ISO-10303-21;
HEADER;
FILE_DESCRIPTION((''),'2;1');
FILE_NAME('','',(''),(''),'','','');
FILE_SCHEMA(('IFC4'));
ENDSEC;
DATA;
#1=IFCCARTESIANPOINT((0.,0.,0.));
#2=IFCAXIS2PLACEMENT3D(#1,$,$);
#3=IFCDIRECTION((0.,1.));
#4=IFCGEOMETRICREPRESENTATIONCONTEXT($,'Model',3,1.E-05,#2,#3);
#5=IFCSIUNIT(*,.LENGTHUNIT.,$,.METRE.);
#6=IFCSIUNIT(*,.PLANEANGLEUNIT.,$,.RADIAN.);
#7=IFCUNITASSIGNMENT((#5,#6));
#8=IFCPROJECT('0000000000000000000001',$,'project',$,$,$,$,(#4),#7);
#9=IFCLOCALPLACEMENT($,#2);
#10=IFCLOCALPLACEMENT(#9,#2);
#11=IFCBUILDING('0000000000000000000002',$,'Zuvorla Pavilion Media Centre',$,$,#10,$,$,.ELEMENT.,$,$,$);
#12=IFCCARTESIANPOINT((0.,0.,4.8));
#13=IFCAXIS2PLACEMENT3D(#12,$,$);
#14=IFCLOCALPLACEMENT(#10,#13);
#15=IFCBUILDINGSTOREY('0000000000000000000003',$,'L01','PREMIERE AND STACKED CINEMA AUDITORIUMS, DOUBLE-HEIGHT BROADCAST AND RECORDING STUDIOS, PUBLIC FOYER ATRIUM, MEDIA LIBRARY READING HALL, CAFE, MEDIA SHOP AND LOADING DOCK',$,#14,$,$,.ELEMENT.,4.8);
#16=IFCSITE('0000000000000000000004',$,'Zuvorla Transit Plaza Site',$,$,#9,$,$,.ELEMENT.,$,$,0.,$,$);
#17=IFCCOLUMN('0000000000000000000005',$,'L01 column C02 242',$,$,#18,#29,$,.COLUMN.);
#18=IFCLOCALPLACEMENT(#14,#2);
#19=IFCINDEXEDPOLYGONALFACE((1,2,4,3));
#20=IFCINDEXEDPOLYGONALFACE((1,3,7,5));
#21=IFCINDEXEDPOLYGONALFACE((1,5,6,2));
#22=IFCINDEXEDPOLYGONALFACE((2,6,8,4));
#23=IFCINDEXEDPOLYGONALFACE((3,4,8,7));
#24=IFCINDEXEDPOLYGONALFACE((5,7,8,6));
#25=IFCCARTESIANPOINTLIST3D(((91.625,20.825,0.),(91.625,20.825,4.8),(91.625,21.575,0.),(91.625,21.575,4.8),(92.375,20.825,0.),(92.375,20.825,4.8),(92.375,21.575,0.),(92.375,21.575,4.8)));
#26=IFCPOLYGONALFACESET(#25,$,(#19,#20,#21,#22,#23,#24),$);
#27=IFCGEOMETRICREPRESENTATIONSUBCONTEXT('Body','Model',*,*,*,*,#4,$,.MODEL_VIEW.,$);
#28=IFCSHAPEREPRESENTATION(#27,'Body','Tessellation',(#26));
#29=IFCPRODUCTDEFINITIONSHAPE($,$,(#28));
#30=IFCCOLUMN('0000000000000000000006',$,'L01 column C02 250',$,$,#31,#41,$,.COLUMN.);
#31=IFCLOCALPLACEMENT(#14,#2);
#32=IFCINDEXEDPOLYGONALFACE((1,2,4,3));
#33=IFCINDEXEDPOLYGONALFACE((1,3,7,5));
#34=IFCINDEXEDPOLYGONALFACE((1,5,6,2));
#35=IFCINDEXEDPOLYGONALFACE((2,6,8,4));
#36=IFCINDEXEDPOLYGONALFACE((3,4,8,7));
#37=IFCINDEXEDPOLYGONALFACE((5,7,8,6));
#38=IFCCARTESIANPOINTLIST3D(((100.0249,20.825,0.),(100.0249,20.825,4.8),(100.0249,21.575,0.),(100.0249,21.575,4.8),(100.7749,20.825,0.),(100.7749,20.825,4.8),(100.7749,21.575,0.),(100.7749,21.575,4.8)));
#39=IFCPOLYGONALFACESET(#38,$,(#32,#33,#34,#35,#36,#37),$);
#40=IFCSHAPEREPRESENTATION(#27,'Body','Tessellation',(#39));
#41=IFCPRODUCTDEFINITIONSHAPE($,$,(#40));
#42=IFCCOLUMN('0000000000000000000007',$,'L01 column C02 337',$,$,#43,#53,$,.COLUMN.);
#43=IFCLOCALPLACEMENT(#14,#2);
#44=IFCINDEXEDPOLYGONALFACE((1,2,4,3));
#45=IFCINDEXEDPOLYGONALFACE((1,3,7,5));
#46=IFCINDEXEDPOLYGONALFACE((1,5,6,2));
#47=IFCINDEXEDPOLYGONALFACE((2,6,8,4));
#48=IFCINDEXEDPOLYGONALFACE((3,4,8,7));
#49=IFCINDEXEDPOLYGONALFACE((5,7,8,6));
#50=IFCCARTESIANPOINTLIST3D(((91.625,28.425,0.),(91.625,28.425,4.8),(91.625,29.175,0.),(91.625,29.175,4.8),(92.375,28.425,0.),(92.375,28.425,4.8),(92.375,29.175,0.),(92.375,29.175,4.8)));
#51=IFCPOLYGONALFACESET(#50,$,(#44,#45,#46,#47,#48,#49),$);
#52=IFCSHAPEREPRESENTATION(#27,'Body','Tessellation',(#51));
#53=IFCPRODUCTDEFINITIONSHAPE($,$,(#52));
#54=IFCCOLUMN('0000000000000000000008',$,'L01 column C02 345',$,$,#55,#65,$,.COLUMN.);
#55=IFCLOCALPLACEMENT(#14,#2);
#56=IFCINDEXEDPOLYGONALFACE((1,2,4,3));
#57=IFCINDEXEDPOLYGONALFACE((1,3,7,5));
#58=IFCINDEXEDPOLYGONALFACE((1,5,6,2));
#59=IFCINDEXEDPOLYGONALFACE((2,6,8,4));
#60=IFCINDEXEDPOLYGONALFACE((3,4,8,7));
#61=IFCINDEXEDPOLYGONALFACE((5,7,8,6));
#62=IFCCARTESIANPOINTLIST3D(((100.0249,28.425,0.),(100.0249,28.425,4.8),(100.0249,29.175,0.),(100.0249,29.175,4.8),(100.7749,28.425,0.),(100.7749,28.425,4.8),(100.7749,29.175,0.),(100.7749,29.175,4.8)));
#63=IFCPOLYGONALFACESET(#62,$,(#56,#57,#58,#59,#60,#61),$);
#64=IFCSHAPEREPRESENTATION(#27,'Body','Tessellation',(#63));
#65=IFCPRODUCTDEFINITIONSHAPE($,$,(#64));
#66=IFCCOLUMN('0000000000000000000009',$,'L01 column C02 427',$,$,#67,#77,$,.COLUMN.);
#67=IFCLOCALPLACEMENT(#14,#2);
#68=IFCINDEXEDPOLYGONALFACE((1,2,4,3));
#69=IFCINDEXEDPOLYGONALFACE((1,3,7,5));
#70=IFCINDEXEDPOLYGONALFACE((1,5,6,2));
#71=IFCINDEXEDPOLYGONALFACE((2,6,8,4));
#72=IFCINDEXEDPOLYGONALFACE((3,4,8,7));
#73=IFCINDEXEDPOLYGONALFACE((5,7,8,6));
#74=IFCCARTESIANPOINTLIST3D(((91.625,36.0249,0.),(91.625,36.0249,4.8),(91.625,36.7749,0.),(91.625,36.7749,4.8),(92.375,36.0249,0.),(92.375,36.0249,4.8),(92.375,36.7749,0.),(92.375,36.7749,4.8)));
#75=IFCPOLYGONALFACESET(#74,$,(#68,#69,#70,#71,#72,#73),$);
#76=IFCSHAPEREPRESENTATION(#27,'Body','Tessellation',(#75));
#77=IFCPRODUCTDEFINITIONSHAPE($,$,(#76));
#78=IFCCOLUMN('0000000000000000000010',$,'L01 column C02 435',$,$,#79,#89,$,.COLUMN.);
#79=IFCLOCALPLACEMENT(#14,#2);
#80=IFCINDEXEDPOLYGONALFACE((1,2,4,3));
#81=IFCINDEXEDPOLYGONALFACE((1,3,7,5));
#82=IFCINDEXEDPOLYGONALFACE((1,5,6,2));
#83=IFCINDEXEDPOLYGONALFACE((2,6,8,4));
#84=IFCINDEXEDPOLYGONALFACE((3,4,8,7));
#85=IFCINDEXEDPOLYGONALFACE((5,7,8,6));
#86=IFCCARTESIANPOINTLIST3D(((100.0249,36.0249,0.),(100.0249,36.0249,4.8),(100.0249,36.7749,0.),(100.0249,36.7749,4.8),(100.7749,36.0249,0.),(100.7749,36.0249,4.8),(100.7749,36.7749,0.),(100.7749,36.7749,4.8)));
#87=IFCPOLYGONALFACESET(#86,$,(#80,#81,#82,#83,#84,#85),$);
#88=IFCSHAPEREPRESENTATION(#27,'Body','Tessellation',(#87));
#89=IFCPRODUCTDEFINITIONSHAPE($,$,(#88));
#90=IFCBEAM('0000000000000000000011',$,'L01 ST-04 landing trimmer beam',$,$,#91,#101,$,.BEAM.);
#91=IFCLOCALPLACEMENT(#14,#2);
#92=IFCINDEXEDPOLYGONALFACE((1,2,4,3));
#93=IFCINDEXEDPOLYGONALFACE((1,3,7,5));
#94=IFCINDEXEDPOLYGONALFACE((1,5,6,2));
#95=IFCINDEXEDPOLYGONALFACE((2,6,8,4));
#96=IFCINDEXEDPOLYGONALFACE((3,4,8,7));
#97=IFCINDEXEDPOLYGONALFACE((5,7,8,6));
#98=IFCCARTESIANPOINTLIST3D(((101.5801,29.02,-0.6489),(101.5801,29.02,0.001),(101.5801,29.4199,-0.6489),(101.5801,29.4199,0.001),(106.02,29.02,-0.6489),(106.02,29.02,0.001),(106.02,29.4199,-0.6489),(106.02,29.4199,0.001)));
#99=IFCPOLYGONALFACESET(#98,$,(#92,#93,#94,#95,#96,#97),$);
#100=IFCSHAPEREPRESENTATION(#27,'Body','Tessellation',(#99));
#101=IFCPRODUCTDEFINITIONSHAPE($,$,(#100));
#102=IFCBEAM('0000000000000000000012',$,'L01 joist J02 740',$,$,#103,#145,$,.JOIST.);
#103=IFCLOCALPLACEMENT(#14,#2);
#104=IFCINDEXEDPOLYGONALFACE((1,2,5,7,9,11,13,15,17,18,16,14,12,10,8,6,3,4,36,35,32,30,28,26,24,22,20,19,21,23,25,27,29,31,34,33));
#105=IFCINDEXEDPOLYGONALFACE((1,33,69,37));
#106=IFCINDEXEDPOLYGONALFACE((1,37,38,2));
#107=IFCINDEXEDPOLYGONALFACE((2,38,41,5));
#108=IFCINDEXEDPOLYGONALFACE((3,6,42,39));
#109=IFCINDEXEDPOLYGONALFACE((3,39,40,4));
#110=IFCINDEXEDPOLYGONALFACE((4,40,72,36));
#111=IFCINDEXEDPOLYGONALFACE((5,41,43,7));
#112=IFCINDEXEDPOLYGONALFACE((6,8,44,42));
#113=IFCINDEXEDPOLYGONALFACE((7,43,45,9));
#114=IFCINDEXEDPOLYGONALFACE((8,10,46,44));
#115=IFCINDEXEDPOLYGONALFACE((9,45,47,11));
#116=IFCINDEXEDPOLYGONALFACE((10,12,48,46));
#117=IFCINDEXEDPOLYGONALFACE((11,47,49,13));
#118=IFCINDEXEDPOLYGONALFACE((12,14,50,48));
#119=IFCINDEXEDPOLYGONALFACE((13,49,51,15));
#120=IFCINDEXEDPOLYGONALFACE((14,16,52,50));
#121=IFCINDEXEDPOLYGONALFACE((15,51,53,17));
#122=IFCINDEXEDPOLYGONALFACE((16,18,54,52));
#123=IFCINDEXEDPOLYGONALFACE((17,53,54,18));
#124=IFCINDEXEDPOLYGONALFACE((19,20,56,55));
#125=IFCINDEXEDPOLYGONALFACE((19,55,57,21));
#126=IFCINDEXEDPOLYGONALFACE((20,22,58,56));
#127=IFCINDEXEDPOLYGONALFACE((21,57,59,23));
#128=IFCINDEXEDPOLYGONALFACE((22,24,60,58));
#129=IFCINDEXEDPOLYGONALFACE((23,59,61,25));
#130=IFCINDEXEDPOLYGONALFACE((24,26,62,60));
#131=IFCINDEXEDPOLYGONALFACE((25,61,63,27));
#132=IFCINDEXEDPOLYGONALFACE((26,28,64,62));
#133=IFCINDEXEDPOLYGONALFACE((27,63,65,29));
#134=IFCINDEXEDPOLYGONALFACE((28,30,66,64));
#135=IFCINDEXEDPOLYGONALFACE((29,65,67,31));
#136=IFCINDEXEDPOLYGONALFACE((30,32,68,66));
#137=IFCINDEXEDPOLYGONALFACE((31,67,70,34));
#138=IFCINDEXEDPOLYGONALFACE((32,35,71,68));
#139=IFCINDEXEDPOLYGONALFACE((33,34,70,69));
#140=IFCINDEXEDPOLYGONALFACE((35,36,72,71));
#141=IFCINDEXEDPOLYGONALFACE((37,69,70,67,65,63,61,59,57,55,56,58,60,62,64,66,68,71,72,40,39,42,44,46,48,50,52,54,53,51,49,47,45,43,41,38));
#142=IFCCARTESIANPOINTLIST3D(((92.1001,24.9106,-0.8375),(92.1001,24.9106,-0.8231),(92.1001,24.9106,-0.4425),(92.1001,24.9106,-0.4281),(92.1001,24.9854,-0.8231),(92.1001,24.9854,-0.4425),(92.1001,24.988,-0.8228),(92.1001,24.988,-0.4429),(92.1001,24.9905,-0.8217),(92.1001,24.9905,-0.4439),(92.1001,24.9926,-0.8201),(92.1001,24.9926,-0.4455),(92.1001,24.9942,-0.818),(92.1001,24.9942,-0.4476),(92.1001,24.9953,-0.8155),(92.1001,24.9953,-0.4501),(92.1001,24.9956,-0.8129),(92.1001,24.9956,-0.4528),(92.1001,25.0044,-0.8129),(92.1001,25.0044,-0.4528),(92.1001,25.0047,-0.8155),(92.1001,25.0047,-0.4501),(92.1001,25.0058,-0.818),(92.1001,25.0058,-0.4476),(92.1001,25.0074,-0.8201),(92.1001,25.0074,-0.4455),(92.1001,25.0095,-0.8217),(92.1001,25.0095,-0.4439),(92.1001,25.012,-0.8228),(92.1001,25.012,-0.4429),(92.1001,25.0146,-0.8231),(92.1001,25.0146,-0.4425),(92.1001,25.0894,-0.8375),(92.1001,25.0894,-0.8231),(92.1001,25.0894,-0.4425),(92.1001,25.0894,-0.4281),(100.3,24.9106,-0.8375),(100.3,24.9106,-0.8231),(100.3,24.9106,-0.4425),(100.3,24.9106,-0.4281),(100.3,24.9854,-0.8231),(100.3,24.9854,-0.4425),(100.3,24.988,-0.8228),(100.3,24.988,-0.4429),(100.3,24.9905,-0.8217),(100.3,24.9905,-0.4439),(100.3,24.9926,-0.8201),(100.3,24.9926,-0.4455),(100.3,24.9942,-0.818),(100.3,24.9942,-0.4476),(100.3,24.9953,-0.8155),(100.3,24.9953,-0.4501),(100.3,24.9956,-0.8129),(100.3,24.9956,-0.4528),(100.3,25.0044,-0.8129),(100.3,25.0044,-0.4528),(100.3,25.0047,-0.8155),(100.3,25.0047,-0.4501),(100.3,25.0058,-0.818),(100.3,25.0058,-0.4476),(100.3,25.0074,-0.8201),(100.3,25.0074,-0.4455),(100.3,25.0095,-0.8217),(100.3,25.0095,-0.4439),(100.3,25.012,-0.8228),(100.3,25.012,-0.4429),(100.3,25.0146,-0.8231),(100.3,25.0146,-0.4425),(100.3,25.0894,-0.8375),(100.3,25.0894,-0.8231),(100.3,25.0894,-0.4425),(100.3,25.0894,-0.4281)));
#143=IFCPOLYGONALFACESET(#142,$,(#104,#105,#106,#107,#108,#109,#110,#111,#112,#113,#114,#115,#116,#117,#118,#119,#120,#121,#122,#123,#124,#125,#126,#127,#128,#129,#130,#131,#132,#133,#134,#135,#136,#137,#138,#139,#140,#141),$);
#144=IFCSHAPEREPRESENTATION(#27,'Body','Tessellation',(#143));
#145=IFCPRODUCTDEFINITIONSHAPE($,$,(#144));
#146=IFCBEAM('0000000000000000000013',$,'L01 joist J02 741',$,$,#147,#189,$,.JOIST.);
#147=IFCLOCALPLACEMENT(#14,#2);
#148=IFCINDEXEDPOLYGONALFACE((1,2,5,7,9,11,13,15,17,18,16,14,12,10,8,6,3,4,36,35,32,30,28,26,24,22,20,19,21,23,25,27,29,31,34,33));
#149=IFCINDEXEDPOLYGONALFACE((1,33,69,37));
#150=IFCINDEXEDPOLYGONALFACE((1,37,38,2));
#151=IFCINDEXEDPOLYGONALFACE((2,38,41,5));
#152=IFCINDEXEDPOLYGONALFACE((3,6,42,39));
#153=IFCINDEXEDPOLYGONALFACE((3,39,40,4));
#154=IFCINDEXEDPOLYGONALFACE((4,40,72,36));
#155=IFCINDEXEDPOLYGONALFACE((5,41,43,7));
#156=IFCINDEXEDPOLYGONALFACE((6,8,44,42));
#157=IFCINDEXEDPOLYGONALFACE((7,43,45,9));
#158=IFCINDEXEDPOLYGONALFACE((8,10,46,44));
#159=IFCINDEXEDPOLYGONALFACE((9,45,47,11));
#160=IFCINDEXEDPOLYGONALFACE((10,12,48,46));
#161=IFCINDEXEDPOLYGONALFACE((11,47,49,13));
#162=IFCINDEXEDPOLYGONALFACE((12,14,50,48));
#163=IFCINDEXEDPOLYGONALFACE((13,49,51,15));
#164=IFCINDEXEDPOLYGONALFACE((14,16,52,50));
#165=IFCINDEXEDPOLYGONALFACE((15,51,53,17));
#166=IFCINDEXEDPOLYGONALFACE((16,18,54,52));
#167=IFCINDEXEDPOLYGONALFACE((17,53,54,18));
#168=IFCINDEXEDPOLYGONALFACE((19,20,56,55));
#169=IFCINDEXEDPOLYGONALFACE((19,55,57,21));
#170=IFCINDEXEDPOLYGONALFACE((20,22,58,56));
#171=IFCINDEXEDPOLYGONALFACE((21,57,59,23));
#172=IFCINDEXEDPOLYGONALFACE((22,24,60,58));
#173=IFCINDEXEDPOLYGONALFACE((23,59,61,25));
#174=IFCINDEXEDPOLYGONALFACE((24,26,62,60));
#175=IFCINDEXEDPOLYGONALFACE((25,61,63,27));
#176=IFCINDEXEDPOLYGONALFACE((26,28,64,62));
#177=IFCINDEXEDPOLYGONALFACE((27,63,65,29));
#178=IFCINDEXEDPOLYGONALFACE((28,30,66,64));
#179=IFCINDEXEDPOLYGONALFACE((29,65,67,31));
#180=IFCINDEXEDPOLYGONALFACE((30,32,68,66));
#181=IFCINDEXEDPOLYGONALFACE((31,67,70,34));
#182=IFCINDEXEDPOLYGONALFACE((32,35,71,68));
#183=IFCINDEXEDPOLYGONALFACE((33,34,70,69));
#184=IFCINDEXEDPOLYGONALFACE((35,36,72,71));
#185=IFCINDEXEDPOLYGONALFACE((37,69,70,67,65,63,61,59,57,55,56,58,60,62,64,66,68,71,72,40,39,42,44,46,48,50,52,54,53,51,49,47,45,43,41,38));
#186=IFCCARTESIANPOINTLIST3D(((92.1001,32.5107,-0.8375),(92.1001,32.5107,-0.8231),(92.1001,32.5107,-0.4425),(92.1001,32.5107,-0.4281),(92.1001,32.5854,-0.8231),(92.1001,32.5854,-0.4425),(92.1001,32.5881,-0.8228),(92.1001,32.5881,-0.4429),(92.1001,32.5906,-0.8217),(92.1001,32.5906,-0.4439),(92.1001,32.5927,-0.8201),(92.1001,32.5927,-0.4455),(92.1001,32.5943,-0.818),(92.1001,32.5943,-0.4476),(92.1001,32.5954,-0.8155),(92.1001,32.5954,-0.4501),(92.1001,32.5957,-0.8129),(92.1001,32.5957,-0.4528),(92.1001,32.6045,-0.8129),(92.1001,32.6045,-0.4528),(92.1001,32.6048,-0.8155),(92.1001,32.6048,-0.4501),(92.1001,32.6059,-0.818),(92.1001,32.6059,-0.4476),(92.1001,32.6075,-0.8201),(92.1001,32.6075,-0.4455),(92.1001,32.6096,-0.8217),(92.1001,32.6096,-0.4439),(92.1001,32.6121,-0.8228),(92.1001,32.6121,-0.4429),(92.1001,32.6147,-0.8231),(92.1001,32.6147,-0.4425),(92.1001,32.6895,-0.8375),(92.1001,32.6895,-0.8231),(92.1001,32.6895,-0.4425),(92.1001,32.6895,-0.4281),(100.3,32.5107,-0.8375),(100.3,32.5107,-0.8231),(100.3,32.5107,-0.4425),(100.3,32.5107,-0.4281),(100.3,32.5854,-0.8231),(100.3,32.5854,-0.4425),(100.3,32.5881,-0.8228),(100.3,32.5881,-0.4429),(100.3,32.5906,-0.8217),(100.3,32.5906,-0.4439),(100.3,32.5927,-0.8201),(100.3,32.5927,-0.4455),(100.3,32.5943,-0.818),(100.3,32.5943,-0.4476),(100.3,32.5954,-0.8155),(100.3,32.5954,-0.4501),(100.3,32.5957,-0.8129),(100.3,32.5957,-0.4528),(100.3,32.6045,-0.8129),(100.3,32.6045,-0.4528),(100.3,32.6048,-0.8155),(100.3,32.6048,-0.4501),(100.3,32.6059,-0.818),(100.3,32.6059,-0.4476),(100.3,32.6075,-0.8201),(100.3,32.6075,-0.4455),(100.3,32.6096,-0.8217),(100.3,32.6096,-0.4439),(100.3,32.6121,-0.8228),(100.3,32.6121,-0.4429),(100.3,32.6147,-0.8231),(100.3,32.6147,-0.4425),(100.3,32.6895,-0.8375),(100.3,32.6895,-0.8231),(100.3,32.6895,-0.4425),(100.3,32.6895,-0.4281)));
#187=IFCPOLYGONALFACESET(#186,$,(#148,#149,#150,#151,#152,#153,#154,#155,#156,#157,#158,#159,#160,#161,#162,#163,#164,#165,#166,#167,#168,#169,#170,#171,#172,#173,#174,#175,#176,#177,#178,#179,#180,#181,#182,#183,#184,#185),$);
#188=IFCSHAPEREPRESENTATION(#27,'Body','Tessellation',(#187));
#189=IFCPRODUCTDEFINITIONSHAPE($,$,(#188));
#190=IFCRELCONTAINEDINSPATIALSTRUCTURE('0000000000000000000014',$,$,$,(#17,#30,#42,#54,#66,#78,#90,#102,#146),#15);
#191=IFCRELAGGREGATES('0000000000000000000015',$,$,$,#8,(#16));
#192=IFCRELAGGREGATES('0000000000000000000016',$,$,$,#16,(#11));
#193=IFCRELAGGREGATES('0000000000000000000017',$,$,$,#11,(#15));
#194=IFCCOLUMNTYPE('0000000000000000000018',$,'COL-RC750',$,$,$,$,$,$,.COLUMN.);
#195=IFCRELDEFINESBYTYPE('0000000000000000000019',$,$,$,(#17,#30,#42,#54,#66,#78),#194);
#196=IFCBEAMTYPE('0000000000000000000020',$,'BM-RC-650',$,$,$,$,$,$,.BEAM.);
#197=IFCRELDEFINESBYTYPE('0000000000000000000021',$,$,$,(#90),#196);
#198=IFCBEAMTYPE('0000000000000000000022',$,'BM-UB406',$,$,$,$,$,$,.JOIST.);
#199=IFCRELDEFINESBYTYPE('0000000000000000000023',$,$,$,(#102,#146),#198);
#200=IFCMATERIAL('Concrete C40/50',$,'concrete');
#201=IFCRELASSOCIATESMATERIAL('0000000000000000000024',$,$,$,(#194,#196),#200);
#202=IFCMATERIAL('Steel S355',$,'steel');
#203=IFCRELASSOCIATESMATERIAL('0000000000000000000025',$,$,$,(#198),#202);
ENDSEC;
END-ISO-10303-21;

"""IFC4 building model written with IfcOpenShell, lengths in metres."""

from ifc_helpers import new_model, si_unit, direction, frame, origin, origin_2d, place, context, subcontext, project, spatial, rectangle, i_section, extrude, material, material_profile, profile_set, type_object, element, save


model = new_model("IFC4")

# Units and contexts
model_context = context("Model", 3, precision=1e-05, world=origin(), true_north=direction((0.0, 1.0)))
body_context = subcontext(model_context, "Body", "Model", "MODEL_VIEW")
ifc_project = project(units=[si_unit("LENGTHUNIT", "METRE"), si_unit("PLANEANGLEUNIT", "RADIAN")], contexts=[model_context])

# Site, building, storey
site_placement = place(None, origin())
site = spatial("IfcSite", under=ifc_project, at=site_placement, Name="Zuvorla Transit Plaza Site", CompositionType="ELEMENT", RefElevation=0.0)
building_placement = place(site_placement, origin())
building = spatial("IfcBuilding", under=site, at=building_placement, Name="Zuvorla Pavilion Media Centre", CompositionType="ELEMENT")
storey_placement = place(building_placement, frame((0.0, 0.0, 4.8)))
storey = spatial("IfcBuildingStorey", under=building, at=storey_placement, Name="L01", Description="PREMIERE AND STACKED CINEMA AUDITORIUMS, DOUBLE-HEIGHT BROADCAST AND RECORDING STUDIOS, PUBLIC FOYER ATRIUM, MEDIA LIBRARY READING HALL, CAFE, MEDIA SHOP AND LOADING DOCK", CompositionType="ELEMENT", Elevation=4.8)

# Columns
ifc_material_1 = material(Name="Concrete C40/50", Category="concrete")
ifc_material_profile_1 = material_profile(ifc_material_1, rectangle(XDim=0.75, YDim=0.75, at=origin_2d()), Name="RC 750x750")
ifc_profile_set_1 = profile_set([ifc_material_profile_1], Name="Concrete C40/50")
column_type = type_object("IfcColumnType", Name="COL-RC750", PredefinedType="COLUMN", material=ifc_profile_set_1)
for number, where, z_axis, x_axis, name in (
    (1, (92.0, 21.2, 0.0), (0.0, 0.0, 1.0), (1.0, 0.0, 0.0), "L01 column C02 242"),
    (2, (100.3999, 21.2, 0.0), (0.0, 0.0, 1.0), (1.0, 0.0, 0.0), "L01 column C02 250"),
    (3, (92.0, 28.8, 0.0), (0.0, 0.0, 1.0), (1.0, 0.0, 0.0), "L01 column C02 337"),
    (4, (100.3999, 28.8, 0.0), (0.0, 0.0, 1.0), (1.0, 0.0, 0.0), "L01 column C02 345"),
    (5, (92.0, 36.3999, 0.0), (0.0, 0.0, 1.0), (1.0, 0.0, 0.0), "L01 column C02 427"),
    (6, (100.3999, 36.3999, 0.0), (0.0, 0.0, 1.0), (1.0, 0.0, 0.0), "L01 column C02 435"),
):
    element("IfcColumn", number, at=place(storey_placement, frame(where, z_axis=z_axis, x_axis=x_axis)), inside=storey, type_object=column_type, Name=name, PredefinedType="COLUMN", context=body_context, shape_type="SweptSolid", body=[
        extrude(rectangle(XDim=0.75, YDim=0.75, at=origin_2d()), origin(), (0.0, 0.0, 1.0), 4.8),
    ])

# Beams
ifc_material_profile_2 = material_profile(ifc_material_1, rectangle(XDim=0.3999, YDim=0.6499, at=origin_2d()), Name="RC 400x650")
ifc_profile_set_2 = profile_set([ifc_material_profile_2], Name="Concrete C40/50")
beam_type_1 = type_object("IfcBeamType", Name="BM-RC-650", PredefinedType="BEAM", material=ifc_profile_set_2)
beam_1_placement = place(storey_placement, frame((101.5801, 29.22, -0.324), z_axis=(1.0, 0.0, 0.0), x_axis=(0.0, 1.0, 0.0)))
element("IfcBeam", 7, at=beam_1_placement, inside=storey, type_object=beam_type_1, Name="L01 ST-04 landing trimmer beam", PredefinedType="BEAM", context=body_context, shape_type="SweptSolid", body=[
    extrude(rectangle(XDim=0.3999, YDim=0.6499, at=origin_2d()), origin(), (0.0, 0.0, 1.0), 4.4399),
])
ifc_material_2 = material(Name="Steel S355", Category="steel")
ifc_material_profile_3 = material_profile(ifc_material_2, i_section(OverallWidth=0.1787, OverallDepth=0.4094, WebThickness=0.0088, FlangeThickness=0.0144, FilletRadius=0.0103, at=origin_2d()), Name="UB 406x178x67")
ifc_profile_set_3 = profile_set([ifc_material_profile_3], Name="Steel S355")
beam_type_2 = type_object("IfcBeamType", Name="BM-UB406", PredefinedType="JOIST", material=ifc_profile_set_3)
for number, where, z_axis, x_axis, name in (
    (8, (92.1001, 25.0, -0.6328), (1.0, 0.0, 0.0), (0.0, 1.0, 0.0), "L01 joist J02 740"),
    (9, (92.1001, 32.6001, -0.6328), (1.0, 0.0, 0.0), (0.0, 1.0, 0.0), "L01 joist J02 741"),
):
    element("IfcBeam", number, at=place(storey_placement, frame(where, z_axis=z_axis, x_axis=x_axis)), inside=storey, type_object=beam_type_2, Name=name, PredefinedType="JOIST", context=body_context, shape_type="SweptSolid", body=[
        extrude(i_section(OverallWidth=0.1787, OverallDepth=0.4094, WebThickness=0.0088, FlangeThickness=0.0144, FilletRadius=0.0103, at=origin_2d()), origin(), (0.0, 0.0, 1.0), 8.2),
    ])

save(model, "model.ifc")
